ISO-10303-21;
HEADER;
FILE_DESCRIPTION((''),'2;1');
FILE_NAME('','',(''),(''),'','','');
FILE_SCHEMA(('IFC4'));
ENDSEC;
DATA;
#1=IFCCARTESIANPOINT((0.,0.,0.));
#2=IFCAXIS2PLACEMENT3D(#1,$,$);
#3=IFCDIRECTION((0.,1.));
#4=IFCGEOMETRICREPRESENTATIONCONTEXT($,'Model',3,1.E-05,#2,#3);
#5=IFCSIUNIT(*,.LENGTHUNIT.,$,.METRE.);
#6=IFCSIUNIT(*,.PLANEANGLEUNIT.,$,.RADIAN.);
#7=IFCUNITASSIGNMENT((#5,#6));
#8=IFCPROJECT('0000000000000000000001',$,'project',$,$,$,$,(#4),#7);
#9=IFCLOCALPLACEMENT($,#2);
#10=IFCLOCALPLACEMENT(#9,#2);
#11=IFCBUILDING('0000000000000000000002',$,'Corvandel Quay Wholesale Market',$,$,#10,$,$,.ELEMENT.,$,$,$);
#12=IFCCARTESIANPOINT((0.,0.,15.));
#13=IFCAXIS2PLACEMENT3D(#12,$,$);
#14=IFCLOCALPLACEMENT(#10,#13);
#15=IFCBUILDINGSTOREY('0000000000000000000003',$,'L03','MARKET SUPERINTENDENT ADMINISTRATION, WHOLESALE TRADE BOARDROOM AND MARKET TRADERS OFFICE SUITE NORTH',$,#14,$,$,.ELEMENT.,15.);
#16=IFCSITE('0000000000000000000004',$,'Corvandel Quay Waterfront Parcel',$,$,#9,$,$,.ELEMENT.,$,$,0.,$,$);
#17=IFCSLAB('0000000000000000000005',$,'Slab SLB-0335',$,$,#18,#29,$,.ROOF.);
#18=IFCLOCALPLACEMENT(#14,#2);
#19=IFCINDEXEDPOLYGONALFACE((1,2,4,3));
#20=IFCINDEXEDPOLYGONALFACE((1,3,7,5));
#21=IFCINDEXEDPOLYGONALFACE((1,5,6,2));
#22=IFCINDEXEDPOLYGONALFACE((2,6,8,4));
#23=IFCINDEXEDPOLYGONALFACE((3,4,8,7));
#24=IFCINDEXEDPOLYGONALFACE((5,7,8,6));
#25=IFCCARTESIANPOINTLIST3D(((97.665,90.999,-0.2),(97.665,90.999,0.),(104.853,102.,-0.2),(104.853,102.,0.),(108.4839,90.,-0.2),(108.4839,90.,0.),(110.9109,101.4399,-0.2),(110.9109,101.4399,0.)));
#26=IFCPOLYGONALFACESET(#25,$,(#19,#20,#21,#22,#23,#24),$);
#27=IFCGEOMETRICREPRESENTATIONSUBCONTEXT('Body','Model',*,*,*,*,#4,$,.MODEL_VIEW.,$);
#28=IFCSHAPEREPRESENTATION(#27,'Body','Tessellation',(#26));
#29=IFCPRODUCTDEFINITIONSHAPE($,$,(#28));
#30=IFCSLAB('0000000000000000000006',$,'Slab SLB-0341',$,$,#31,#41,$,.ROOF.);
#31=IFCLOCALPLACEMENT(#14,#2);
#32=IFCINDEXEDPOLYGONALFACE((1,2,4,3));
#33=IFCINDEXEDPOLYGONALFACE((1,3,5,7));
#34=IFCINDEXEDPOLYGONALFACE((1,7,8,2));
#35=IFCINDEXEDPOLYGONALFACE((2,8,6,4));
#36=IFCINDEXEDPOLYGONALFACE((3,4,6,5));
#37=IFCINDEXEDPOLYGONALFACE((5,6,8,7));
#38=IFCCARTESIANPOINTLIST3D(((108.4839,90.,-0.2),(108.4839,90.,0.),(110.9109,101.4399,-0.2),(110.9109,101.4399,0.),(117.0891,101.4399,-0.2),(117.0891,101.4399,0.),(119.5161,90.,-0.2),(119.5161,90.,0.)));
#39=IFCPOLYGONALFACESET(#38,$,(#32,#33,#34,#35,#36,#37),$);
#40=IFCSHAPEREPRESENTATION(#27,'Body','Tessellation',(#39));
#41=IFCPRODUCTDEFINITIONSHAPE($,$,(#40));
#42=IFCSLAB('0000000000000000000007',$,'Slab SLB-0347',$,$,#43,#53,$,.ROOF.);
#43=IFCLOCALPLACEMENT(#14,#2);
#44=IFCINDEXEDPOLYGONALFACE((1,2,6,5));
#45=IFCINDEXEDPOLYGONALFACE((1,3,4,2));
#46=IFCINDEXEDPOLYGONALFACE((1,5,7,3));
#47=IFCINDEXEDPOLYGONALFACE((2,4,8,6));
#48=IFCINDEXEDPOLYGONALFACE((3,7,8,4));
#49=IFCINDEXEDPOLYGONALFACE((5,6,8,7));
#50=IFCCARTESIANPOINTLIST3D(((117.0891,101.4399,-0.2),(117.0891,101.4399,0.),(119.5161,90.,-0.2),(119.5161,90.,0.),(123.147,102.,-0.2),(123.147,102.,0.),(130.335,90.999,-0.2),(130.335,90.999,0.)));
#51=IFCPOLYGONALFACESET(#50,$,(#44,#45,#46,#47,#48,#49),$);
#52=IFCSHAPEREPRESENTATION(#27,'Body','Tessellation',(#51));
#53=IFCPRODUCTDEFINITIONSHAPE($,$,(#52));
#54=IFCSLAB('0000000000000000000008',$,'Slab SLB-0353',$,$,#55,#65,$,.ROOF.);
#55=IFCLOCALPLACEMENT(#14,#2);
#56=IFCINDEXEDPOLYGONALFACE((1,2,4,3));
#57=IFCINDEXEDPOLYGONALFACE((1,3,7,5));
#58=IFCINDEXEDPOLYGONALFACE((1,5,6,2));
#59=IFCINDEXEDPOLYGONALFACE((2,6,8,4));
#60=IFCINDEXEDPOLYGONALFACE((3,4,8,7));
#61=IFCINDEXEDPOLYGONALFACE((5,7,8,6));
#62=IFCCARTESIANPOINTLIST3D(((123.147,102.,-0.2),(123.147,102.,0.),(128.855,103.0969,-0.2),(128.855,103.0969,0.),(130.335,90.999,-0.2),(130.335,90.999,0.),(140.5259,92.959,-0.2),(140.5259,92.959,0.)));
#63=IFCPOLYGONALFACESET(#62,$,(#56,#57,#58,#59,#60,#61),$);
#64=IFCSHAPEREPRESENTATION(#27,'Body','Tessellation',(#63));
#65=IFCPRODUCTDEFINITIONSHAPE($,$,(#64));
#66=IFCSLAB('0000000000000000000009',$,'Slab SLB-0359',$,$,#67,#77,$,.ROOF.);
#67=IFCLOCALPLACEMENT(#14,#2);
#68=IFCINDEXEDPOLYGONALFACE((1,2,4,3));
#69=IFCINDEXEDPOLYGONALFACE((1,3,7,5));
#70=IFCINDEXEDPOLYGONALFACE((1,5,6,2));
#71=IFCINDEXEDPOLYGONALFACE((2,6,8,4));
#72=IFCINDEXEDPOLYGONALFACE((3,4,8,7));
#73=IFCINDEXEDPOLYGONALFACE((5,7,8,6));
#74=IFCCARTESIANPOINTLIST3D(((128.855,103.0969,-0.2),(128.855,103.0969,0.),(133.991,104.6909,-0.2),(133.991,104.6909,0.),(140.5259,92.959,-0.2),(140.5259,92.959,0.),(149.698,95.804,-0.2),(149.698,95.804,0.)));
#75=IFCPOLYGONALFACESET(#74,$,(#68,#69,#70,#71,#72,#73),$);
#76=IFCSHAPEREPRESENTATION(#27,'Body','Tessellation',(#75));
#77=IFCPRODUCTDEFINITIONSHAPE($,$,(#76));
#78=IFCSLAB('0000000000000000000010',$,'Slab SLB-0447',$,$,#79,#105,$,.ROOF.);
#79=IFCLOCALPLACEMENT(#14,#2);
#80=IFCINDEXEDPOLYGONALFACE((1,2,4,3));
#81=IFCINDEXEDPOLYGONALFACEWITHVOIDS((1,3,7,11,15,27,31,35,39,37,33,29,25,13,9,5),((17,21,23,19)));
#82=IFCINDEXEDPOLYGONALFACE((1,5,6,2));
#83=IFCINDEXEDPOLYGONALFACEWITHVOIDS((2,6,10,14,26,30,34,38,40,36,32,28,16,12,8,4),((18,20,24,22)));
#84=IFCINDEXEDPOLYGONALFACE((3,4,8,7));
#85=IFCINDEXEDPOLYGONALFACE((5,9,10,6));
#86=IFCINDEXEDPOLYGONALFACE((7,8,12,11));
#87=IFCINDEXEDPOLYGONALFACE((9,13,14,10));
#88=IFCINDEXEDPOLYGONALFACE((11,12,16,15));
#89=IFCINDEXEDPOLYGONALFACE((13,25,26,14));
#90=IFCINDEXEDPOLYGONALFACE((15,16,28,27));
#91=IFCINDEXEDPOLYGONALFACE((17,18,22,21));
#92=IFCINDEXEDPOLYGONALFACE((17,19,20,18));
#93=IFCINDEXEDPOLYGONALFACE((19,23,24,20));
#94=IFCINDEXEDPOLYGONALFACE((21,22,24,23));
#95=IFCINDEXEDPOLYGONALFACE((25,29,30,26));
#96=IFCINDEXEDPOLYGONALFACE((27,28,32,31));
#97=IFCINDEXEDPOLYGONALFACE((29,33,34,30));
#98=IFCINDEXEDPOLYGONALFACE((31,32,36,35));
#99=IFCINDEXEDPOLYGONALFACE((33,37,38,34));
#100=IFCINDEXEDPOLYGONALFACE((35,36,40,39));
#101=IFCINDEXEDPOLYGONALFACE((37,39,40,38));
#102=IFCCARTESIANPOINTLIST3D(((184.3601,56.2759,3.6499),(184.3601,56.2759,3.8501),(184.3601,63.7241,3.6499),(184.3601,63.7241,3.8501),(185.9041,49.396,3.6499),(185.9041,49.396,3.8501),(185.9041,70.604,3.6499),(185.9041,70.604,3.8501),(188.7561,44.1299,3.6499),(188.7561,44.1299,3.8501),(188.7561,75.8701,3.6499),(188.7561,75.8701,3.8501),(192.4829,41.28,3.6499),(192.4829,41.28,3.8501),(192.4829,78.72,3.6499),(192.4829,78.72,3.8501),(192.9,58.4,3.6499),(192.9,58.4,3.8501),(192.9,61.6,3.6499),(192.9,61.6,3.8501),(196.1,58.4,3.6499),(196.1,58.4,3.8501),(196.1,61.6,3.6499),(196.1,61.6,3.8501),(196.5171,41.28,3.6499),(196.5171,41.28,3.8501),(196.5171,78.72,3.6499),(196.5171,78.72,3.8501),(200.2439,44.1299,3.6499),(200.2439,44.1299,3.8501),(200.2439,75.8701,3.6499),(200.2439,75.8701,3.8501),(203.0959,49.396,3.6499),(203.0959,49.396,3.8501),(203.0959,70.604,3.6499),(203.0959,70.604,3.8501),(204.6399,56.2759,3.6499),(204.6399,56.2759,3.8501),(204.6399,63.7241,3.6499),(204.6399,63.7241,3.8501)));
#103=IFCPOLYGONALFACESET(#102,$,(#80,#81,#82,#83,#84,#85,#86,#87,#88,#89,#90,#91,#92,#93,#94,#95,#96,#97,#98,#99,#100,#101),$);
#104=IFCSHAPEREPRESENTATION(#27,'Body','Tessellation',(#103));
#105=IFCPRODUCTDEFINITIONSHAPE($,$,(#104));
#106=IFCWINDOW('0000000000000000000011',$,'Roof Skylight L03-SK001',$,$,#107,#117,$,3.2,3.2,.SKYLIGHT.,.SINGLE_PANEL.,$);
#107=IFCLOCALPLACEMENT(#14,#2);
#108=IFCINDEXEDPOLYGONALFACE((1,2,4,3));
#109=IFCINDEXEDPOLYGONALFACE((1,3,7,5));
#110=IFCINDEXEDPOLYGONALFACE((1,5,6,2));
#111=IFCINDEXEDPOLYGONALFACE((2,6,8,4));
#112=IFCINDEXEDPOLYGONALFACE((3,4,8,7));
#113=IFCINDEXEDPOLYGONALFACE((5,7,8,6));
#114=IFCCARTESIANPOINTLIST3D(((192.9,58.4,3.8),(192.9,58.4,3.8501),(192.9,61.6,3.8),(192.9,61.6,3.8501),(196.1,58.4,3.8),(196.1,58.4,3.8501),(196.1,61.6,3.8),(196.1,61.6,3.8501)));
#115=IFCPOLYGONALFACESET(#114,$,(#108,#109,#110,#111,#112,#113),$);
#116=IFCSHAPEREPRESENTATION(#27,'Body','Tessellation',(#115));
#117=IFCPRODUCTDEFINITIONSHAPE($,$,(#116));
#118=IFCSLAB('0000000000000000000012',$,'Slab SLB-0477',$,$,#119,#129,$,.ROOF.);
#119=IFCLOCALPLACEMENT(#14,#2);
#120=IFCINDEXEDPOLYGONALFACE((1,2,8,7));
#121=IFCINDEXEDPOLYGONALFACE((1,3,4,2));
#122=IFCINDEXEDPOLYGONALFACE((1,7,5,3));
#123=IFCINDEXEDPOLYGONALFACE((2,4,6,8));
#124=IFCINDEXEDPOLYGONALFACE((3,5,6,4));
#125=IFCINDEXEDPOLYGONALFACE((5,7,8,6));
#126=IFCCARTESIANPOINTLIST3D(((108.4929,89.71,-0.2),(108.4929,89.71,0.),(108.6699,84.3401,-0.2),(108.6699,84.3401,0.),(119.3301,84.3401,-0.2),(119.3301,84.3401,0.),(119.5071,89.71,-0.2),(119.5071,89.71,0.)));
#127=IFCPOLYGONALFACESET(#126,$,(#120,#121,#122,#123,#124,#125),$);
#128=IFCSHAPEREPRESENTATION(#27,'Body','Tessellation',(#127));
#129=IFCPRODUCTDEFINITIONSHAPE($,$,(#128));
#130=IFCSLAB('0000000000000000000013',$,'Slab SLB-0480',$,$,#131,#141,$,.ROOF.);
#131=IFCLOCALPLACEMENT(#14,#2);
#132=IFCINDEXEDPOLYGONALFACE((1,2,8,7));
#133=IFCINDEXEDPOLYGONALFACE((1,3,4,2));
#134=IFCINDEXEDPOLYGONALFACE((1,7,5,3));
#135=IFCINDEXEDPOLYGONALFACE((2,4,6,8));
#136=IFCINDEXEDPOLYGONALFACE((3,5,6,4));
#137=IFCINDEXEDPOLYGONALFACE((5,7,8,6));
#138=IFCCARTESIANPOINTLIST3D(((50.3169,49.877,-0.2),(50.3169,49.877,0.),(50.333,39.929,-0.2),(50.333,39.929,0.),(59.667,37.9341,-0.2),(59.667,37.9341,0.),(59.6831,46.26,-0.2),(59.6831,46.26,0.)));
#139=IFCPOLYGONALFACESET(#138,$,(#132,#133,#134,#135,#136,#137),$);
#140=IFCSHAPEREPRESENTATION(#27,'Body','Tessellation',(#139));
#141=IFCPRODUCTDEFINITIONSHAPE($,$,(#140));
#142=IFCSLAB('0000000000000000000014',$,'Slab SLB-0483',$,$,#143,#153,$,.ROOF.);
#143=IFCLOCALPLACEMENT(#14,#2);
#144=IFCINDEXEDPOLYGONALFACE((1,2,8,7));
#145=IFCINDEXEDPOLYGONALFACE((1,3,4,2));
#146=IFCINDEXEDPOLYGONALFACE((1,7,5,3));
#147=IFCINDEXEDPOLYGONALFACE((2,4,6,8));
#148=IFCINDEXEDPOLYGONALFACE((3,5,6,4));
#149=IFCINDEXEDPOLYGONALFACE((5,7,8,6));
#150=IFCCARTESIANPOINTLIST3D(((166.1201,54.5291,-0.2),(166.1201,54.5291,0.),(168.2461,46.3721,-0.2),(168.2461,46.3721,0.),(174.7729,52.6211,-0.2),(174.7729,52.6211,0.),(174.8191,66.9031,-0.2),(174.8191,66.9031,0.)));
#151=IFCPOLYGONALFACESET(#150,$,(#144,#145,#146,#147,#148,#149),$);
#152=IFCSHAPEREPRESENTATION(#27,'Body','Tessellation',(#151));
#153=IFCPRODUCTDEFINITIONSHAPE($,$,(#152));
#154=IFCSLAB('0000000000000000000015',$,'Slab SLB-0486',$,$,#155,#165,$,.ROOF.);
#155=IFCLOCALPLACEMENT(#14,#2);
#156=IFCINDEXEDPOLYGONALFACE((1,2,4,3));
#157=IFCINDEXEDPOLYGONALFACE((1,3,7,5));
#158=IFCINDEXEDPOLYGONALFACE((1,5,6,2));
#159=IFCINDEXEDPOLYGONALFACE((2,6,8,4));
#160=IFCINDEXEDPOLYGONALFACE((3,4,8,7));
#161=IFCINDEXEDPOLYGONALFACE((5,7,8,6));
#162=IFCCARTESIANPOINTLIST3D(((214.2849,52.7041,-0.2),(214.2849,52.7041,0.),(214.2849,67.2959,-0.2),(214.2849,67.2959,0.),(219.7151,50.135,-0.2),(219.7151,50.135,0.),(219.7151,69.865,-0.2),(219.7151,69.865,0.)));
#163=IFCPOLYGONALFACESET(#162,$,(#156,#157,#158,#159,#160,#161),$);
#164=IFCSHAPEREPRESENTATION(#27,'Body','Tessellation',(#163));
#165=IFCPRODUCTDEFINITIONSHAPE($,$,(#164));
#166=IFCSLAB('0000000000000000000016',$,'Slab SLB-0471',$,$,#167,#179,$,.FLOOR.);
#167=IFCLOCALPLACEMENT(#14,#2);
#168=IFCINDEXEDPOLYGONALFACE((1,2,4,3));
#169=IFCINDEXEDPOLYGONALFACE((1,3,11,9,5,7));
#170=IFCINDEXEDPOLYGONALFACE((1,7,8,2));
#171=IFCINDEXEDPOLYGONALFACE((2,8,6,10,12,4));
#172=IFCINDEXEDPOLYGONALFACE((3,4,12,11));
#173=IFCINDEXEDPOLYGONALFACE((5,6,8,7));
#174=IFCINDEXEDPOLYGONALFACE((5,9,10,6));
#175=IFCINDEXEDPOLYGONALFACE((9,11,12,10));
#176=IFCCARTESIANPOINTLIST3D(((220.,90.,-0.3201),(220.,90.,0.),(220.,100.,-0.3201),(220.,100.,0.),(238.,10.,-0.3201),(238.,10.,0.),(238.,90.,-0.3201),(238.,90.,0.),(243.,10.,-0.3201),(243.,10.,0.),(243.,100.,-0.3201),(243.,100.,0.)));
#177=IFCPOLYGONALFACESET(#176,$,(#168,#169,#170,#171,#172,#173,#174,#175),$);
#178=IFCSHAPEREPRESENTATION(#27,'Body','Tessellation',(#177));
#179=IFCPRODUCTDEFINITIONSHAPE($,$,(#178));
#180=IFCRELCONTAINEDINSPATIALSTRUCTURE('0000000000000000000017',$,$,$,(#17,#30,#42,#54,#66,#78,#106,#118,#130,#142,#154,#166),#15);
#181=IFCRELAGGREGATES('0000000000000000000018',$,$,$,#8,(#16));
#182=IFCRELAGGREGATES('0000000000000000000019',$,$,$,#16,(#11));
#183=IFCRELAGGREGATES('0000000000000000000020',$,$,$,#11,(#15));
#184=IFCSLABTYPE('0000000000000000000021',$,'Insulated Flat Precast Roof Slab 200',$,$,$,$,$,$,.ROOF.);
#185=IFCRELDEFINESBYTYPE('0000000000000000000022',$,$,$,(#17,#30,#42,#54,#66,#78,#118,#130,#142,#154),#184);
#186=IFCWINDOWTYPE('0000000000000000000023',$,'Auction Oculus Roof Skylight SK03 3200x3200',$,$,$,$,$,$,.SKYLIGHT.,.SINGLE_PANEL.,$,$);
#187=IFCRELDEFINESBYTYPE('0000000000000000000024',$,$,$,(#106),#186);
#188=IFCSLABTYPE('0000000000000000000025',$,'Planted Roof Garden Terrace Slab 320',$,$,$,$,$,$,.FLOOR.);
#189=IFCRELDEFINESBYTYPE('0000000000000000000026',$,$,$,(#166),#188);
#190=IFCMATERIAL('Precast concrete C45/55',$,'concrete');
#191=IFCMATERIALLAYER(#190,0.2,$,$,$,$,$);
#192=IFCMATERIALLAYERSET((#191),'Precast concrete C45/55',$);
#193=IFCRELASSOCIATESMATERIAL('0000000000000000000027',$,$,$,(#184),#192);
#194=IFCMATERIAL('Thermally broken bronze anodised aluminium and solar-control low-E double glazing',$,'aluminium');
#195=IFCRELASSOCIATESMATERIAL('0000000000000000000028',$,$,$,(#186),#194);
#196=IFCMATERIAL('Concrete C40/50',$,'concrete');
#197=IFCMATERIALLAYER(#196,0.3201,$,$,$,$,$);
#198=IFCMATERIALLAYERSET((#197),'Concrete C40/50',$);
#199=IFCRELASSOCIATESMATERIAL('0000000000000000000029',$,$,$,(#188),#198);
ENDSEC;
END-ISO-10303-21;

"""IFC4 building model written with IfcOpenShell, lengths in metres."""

from ifc_helpers import new_model, si_unit, direction, frame, origin, origin_2d, place, context, subcontext, project, spatial, polyline, rectangle, outline, extrude, material, layer, layer_set, type_object, element, fill, save


model = new_model("IFC4")

# Units and contexts
model_context = context("Model", 3, precision=1e-05, world=origin(), true_north=direction((0.0, 1.0)))
body_context = subcontext(model_context, "Body", "Model", "MODEL_VIEW")
ifc_project = project(units=[si_unit("LENGTHUNIT", "METRE"), si_unit("PLANEANGLEUNIT", "RADIAN")], contexts=[model_context])

# Site, building, storey
site_placement = place(None, origin())
site = spatial("IfcSite", under=ifc_project, at=site_placement, Name="Corvandel Quay Waterfront Parcel", CompositionType="ELEMENT", RefElevation=0.0)
building_placement = place(site_placement, origin())
building = spatial("IfcBuilding", under=site, at=building_placement, Name="Corvandel Quay Wholesale Market", CompositionType="ELEMENT")
storey_placement = place(building_placement, frame((0.0, 0.0, 15.0)))
storey = spatial("IfcBuildingStorey", under=building, at=storey_placement, Name="L03", Description="MARKET SUPERINTENDENT ADMINISTRATION, WHOLESALE TRADE BOARDROOM AND MARKET TRADERS OFFICE SUITE NORTH", CompositionType="ELEMENT", Elevation=15.0)

# Shared definitions
ifc_material_1 = material(Name="Precast concrete C45/55", Category="concrete")

# Shared definitions
ifc_material_2 = material(Name="Thermally broken bronze anodised aluminium and solar-control low-E double glazing", Category="aluminium")

# Slabs
ifc_layer_1 = layer(ifc_material_1, 0.2)
ifc_layer_set_1 = layer_set([ifc_layer_1], Name="Precast concrete C45/55")
slab_type_1 = type_object("IfcSlabType", Name="Insulated Flat Precast Roof Slab 200", PredefinedType="ROOF", material=ifc_layer_set_1)
slab_1_placement = place(storey_placement, frame((0.0, 0.0, -0.2)))
element("IfcSlab", 1, at=slab_1_placement, inside=storey, type_object=slab_type_1, Name="Slab SLB-0335", PredefinedType="ROOF", context=body_context, shape_type="SweptSolid", body=[
    extrude(outline(polyline([(97.665, 90.999), (108.4839, 90.0), (110.9109, 101.4399), (104.853, 102.0), (97.665, 90.999)])), origin(), (0.0, 0.0, 1.0), 0.2),
])
slab_2_placement = place(storey_placement, frame((0.0, 0.0, -0.2)))
element("IfcSlab", 2, at=slab_2_placement, inside=storey, type_object=slab_type_1, Name="Slab SLB-0341", PredefinedType="ROOF", context=body_context, shape_type="SweptSolid", body=[
    extrude(outline(polyline([(108.4839, 90.0), (119.5161, 90.0), (117.0891, 101.4399), (110.9109, 101.4399), (108.4839, 90.0)])), origin(), (0.0, 0.0, 1.0), 0.2),
])
slab_3_placement = place(storey_placement, frame((0.0, 0.0, -0.2)))
element("IfcSlab", 3, at=slab_3_placement, inside=storey, type_object=slab_type_1, Name="Slab SLB-0347", PredefinedType="ROOF", context=body_context, shape_type="SweptSolid", body=[
    extrude(outline(polyline([(119.5161, 90.0), (130.335, 90.999), (123.147, 102.0), (117.0891, 101.4399), (119.5161, 90.0)])), origin(), (0.0, 0.0, 1.0), 0.2),
])
slab_4_placement = place(storey_placement, frame((0.0, 0.0, -0.2)))
element("IfcSlab", 4, at=slab_4_placement, inside=storey, type_object=slab_type_1, Name="Slab SLB-0353", PredefinedType="ROOF", context=body_context, shape_type="SweptSolid", body=[
    extrude(outline(polyline([(130.335, 90.999), (140.5259, 92.959), (128.855, 103.0969), (123.147, 102.0), (130.335, 90.999)])), origin(), (0.0, 0.0, 1.0), 0.2),
])
slab_5_placement = place(storey_placement, frame((0.0, 0.0, -0.2)))
element("IfcSlab", 5, at=slab_5_placement, inside=storey, type_object=slab_type_1, Name="Slab SLB-0359", PredefinedType="ROOF", context=body_context, shape_type="SweptSolid", body=[
    extrude(outline(polyline([(140.5259, 92.959), (149.698, 95.804), (133.991, 104.6909), (128.855, 103.0969), (140.5259, 92.959)])), origin(), (0.0, 0.0, 1.0), 0.2),
])

# Slab, opening, window
slab_6_placement = place(storey_placement, frame((0.0, 0.0, 3.6499)))
slab_6 = element("IfcSlab", 6, at=slab_6_placement, inside=storey, type_object=slab_type_1, Name="Slab SLB-0447", PredefinedType="ROOF", context=body_context, shape_type="SweptSolid", body=[
    extrude(outline(polyline([(204.6399, 63.7241), (203.0959, 70.604), (200.2439, 75.8701), (196.5171, 78.72), (192.4829, 78.72), (188.7561, 75.8701), (185.9041, 70.604), (184.3601, 63.7241), (184.3601, 56.2759), (185.9041, 49.396), (188.7561, 44.1299), (192.4829, 41.28), (196.5171, 41.28), (200.2439, 44.1299), (203.0959, 49.396), (204.6399, 56.2759), (204.6399, 63.7241)])), origin(), (0.0, 0.0, 1.0), 0.2002),
])
opening_1_placement = place(slab_6_placement, frame((194.5, 60.0, 0.0)))
opening_1 = element("IfcOpeningElement", 7, at=opening_1_placement, cuts=slab_6, PredefinedType="OPENING", context=body_context, shape_type="SweptSolid", body=[
    extrude(rectangle(XDim=3.2, YDim=3.2, at=origin_2d()), origin(), (0.0, 0.0, 1.0), 0.2002),
])
window_type_1 = type_object("IfcWindowType", Name="Auction Oculus Roof Skylight SK03 3200x3200", PartitioningType="SINGLE_PANEL", PredefinedType="SKYLIGHT", material=ifc_material_2)
window_1_placement = place(opening_1_placement, frame((0.0, 0.0, 0.1501)))
window_1 = element("IfcWindow", 8, at=window_1_placement, inside=storey, type_object=window_type_1, Name="Roof Skylight L03-SK001", OverallHeight=3.2, OverallWidth=3.2, PartitioningType="SINGLE_PANEL", PredefinedType="SKYLIGHT", context=body_context, shape_type="SweptSolid", body=[
    extrude(rectangle(XDim=3.2, YDim=3.2, at=origin_2d()), origin(), (0.0, 0.0, 1.0), 0.05),
])
fill(opening_1, window_1)

# Slabs
slab_7_placement = place(storey_placement, frame((0.0, 0.0, -0.2)))
element("IfcSlab", 9, at=slab_7_placement, inside=storey, type_object=slab_type_1, Name="Slab SLB-0477", PredefinedType="ROOF", context=body_context, shape_type="SweptSolid", body=[
    extrude(outline(polyline([(108.6699, 84.3401), (108.4929, 89.71), (119.5071, 89.71), (119.3301, 84.3401), (108.6699, 84.3401)])), origin(), (0.0, 0.0, 1.0), 0.2),
])
slab_8_placement = place(storey_placement, frame((0.0, 0.0, -0.2)))
element("IfcSlab", 10, at=slab_8_placement, inside=storey, type_object=slab_type_1, Name="Slab SLB-0480", PredefinedType="ROOF", context=body_context, shape_type="SweptSolid", body=[
    extrude(outline(polyline([(50.333, 39.929), (59.667, 37.9341), (59.6831, 46.26), (50.3169, 49.877), (50.333, 39.929)])), origin(), (0.0, 0.0, 1.0), 0.2),
])
slab_9_placement = place(storey_placement, frame((0.0, 0.0, -0.2)))
element("IfcSlab", 11, at=slab_9_placement, inside=storey, type_object=slab_type_1, Name="Slab SLB-0483", PredefinedType="ROOF", context=body_context, shape_type="SweptSolid", body=[
    extrude(outline(polyline([(168.2461, 46.3721), (174.7729, 52.6211), (174.8191, 66.9031), (166.1201, 54.5291), (168.2461, 46.3721)])), origin(), (0.0, 0.0, 1.0), 0.2),
])
slab_10_placement = place(storey_placement, frame((0.0, 0.0, -0.2)))
element("IfcSlab", 12, at=slab_10_placement, inside=storey, type_object=slab_type_1, Name="Slab SLB-0486", PredefinedType="ROOF", context=body_context, shape_type="SweptSolid", body=[
    extrude(outline(polyline([(214.2849, 52.7041), (219.7151, 50.135), (219.7151, 69.865), (214.2849, 67.2959), (214.2849, 52.7041)])), origin(), (0.0, 0.0, 1.0), 0.2),
])
ifc_material_3 = material(Name="Concrete C40/50", Category="concrete")
ifc_layer_2 = layer(ifc_material_3, 0.3201)
ifc_layer_set_2 = layer_set([ifc_layer_2], Name="Concrete C40/50")
slab_type_2 = type_object("IfcSlabType", Name="Planted Roof Garden Terrace Slab 320", PredefinedType="FLOOR", material=ifc_layer_set_2)
slab_11_placement = place(storey_placement, frame((0.0, 0.0, -0.3201)))
element("IfcSlab", 13, at=slab_11_placement, inside=storey, type_object=slab_type_2, Name="Slab SLB-0471", PredefinedType="FLOOR", context=body_context, shape_type="SweptSolid", body=[
    extrude(outline(polyline([(243.0, 10.0), (238.0, 10.0), (238.0, 90.0), (220.0, 90.0), (220.0, 100.0), (243.0, 100.0), (243.0, 10.0)])), origin(), (0.0, 0.0, 1.0), 0.3201),
])

save(model, "model.ifc")
